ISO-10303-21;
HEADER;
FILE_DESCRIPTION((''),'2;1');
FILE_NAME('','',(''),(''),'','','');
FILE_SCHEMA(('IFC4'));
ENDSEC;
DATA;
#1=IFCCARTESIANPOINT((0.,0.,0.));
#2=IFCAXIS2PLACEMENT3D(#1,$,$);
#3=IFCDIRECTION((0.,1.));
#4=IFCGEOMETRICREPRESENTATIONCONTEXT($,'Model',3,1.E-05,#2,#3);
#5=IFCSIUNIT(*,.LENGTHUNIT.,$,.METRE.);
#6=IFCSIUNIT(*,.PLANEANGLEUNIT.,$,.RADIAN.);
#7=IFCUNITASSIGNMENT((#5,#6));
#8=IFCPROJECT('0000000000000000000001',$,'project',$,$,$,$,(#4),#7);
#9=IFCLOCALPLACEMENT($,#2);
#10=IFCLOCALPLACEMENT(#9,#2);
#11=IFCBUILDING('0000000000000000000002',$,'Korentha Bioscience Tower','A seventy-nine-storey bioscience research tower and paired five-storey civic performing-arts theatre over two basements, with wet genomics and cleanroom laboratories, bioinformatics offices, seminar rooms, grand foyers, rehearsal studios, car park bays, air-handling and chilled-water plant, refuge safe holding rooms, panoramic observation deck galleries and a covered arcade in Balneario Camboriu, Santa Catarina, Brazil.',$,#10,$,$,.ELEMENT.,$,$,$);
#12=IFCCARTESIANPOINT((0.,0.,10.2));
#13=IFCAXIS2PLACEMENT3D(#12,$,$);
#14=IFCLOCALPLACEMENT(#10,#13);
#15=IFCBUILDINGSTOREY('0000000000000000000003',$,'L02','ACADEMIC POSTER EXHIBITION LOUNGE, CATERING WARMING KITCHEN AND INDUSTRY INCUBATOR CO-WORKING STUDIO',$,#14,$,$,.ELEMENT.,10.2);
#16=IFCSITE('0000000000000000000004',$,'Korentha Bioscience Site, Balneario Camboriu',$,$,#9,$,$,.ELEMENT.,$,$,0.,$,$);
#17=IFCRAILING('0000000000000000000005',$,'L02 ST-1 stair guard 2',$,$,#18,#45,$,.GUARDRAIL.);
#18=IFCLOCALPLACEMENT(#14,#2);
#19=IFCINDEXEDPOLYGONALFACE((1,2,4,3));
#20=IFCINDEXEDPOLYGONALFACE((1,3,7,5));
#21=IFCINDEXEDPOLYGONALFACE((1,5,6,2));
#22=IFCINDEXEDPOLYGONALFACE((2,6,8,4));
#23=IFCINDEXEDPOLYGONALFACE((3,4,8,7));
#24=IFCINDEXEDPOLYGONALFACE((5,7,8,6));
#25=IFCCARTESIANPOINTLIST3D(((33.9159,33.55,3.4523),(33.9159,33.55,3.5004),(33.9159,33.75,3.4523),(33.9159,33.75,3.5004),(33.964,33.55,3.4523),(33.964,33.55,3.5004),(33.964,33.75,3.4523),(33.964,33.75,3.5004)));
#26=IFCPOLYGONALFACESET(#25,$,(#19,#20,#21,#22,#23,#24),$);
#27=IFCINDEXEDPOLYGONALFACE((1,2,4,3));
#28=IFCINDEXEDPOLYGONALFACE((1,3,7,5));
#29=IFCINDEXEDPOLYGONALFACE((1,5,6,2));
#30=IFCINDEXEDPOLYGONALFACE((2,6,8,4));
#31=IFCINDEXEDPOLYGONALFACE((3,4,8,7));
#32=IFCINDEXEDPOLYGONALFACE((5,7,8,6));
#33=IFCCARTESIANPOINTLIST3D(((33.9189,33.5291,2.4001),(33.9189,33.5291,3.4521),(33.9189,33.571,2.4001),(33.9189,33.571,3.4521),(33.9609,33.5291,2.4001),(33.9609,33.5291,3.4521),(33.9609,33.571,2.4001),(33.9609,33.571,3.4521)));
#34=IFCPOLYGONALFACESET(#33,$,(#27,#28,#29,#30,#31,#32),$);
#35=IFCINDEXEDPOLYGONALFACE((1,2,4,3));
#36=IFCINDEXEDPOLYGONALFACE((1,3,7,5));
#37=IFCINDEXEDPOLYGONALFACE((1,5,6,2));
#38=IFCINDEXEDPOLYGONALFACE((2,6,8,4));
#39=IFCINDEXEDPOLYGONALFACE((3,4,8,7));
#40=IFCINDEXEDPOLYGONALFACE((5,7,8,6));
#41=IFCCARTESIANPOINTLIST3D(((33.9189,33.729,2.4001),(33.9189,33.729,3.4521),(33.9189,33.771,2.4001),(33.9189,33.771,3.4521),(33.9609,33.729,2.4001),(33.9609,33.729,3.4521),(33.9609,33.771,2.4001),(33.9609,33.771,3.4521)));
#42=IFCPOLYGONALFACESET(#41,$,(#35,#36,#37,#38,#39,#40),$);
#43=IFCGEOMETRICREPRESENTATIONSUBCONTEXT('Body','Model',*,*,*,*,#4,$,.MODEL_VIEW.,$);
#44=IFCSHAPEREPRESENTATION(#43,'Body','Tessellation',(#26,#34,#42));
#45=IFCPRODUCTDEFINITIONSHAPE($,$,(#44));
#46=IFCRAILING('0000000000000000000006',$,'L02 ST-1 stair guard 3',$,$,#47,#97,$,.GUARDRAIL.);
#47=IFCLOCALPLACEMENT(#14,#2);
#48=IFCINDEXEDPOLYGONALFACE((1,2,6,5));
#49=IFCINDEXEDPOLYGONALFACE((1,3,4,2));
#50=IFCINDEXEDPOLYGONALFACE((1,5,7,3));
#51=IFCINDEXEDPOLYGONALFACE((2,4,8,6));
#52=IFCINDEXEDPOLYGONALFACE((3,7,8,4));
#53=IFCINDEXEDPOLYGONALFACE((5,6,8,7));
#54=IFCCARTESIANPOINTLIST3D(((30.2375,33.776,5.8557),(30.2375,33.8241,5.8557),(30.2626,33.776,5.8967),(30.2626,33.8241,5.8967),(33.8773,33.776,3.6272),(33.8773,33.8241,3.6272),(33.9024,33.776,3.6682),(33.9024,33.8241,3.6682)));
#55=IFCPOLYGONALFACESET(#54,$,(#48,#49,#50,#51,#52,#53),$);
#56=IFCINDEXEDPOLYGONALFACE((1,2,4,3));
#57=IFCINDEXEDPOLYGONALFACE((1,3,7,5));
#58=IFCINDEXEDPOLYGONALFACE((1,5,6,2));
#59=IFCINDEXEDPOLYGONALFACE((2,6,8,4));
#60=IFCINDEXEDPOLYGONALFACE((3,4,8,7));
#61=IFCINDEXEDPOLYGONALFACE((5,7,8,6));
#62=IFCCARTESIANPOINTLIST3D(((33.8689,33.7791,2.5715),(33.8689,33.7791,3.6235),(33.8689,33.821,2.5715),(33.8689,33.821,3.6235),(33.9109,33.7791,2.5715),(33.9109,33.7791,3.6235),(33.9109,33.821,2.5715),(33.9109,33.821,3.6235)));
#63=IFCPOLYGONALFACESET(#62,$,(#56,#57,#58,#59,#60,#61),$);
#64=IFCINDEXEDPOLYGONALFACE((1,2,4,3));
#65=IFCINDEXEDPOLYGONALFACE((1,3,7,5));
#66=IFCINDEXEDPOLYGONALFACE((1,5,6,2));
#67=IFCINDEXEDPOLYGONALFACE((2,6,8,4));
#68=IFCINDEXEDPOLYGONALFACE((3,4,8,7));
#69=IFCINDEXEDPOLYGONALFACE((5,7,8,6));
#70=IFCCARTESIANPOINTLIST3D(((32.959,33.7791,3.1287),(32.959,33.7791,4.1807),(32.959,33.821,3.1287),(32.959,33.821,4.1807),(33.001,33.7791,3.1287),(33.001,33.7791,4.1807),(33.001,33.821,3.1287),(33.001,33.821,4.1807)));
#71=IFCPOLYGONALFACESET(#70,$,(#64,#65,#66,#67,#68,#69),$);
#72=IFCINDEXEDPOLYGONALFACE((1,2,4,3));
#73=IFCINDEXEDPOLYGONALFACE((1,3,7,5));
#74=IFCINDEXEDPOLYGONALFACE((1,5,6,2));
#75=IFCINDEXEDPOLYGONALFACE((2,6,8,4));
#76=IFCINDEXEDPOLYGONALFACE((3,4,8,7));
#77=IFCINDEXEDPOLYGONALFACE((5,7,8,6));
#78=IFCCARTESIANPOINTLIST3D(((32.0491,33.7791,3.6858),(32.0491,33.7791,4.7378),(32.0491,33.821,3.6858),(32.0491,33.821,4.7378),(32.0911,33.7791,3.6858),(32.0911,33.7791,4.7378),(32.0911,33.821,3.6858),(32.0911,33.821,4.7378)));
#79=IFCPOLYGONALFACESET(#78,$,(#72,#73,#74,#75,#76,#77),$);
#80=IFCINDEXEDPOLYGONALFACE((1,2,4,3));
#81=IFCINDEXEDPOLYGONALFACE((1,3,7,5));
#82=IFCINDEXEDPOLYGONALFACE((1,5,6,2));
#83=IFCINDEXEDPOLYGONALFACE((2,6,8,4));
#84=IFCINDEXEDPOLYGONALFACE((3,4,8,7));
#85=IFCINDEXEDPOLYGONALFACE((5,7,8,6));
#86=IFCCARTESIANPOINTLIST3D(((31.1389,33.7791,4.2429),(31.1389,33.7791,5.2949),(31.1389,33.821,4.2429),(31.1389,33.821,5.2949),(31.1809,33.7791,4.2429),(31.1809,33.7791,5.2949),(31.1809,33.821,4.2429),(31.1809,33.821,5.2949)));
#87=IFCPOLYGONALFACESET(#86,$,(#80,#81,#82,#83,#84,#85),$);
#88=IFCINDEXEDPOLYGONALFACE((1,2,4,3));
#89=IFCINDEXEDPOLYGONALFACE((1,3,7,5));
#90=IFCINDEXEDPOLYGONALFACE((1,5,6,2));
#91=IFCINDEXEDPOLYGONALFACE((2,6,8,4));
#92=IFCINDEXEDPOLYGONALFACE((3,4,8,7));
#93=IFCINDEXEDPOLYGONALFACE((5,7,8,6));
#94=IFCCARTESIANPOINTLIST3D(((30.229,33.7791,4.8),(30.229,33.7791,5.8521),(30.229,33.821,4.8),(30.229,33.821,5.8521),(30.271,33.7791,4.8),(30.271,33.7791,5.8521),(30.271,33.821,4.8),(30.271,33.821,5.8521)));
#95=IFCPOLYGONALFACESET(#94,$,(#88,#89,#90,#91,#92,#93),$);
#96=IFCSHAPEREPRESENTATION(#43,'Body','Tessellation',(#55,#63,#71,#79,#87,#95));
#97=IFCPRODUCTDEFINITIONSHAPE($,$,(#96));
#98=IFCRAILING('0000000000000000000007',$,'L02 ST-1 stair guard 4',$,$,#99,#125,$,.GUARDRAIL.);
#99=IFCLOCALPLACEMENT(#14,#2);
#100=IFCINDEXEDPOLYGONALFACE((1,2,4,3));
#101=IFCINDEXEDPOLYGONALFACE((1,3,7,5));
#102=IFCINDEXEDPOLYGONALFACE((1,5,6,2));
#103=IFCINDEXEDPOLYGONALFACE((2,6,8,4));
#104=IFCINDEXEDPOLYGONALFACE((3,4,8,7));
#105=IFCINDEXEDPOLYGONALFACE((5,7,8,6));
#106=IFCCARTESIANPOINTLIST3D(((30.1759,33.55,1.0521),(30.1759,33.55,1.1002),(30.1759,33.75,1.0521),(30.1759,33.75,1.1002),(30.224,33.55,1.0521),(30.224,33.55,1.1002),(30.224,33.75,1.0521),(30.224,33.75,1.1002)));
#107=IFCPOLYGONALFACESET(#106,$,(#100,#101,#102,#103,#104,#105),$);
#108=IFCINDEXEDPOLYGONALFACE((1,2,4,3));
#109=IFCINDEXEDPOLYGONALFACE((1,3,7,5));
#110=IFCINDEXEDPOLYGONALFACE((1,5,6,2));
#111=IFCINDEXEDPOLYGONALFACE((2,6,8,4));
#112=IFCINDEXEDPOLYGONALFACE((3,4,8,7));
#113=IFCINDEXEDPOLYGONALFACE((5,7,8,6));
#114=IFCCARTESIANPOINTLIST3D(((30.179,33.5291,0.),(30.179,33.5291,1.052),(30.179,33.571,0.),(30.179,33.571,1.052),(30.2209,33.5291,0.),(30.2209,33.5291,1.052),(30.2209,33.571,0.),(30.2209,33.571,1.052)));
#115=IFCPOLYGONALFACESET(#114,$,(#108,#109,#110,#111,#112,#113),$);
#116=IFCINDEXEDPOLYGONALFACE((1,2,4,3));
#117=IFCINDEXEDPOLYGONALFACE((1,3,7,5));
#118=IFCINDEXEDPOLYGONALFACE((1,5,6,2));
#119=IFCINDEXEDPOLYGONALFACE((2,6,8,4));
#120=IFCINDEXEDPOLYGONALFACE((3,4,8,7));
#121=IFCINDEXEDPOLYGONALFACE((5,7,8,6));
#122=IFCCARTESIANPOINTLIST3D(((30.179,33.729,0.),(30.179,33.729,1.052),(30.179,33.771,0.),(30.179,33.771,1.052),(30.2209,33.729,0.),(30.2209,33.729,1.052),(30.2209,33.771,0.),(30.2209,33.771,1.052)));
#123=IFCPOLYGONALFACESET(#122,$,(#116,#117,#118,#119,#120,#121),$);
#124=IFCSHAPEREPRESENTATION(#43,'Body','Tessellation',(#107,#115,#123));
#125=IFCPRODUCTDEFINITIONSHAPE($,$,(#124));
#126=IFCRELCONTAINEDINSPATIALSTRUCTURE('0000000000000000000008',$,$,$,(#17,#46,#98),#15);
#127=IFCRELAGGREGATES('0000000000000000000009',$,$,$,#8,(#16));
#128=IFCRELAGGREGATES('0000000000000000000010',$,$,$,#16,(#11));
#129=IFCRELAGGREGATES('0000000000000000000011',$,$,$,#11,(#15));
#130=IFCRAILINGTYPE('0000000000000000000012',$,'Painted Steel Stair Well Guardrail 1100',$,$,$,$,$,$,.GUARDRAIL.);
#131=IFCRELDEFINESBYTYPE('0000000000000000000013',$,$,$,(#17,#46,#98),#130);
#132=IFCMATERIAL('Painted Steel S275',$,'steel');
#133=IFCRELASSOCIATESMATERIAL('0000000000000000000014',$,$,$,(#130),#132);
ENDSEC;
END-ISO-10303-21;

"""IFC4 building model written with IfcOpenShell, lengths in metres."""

from ifc_helpers import new_model, si_unit, direction, frame, origin, origin_2d, place, context, subcontext, project, spatial, rectangle, extrude, material, type_object, element, save


model = new_model("IFC4")

# Units and contexts
model_context = context("Model", 3, precision=1e-05, world=origin(), true_north=direction((0.0, 1.0)))
body_context = subcontext(model_context, "Body", "Model", "MODEL_VIEW")
ifc_project = project(units=[si_unit("LENGTHUNIT", "METRE"), si_unit("PLANEANGLEUNIT", "RADIAN")], contexts=[model_context])

# Site, building, storey
site_placement = place(None, origin())
site = spatial("IfcSite", under=ifc_project, at=site_placement, Name="Korentha Bioscience Site, Balneario Camboriu", CompositionType="ELEMENT", RefElevation=0.0)
building_placement = place(site_placement, origin())
building = spatial("IfcBuilding", under=site, at=building_placement, Name="Korentha Bioscience Tower", Description="A seventy-nine-storey bioscience research tower and paired five-storey civic performing-arts theatre over two basements, with wet genomics and cleanroom laboratories, bioinformatics offices, seminar rooms, grand foyers, rehearsal studios, car park bays, air-handling and chilled-water plant, refuge safe holding rooms, panoramic observation deck galleries and a covered arcade in Balneario Camboriu, Santa Catarina, Brazil.", CompositionType="ELEMENT")
storey_placement = place(building_placement, frame((0.0, 0.0, 10.2)))
storey = spatial("IfcBuildingStorey", under=building, at=storey_placement, Name="L02", Description="ACADEMIC POSTER EXHIBITION LOUNGE, CATERING WARMING KITCHEN AND INDUSTRY INCUBATOR CO-WORKING STUDIO", CompositionType="ELEMENT", Elevation=10.2)

# Railings
ifc_material_1 = material(Name="Painted Steel S275", Category="steel")
railing_type_1 = type_object("IfcRailingType", Name="Painted Steel Stair Well Guardrail 1100", PredefinedType="GUARDRAIL", material=ifc_material_1)
railing_1_placement = place(storey_placement, frame((33.9399, 33.55, 2.4001)))
element("IfcRailing", 1, at=railing_1_placement, inside=storey, type_object=railing_type_1, Name="L02 ST-1 stair guard 2", PredefinedType="GUARDRAIL", context=body_context, shape_type="SweptSolid", body=[
    extrude(rectangle(XDim=0.0481, YDim=0.0481, at=origin_2d()), frame((0.0, 0.0, 1.0762), z_axis=(0.0, 1.0, 0.0), x_axis=(-1.0, 0.0, 0.0)), (0.0, 0.0, 1.0), 0.2),
    extrude(rectangle(XDim=0.042, YDim=0.042, at=origin_2d()), origin(), (0.0, 0.0, 1.0), 1.052),
    extrude(rectangle(XDim=0.042, YDim=0.042, at=origin_2d()), frame((0.0, 0.2, 0.0)), (0.0, 0.0, 1.0), 1.052),
])
railing_2_placement = place(storey_placement, frame((33.8899, 33.8, 2.5715)))
element("IfcRailing", 2, at=railing_2_placement, inside=storey, type_object=railing_type_1, Name="L02 ST-1 stair guard 3", PredefinedType="GUARDRAIL", context=body_context, shape_type="SweptSolid", body=[
    extrude(rectangle(XDim=0.0481, YDim=0.0481, at=origin_2d()), frame((0.0, 0.0, 1.0762), z_axis=(-0.85285, 0.0, 0.522156), x_axis=(0.0, -1.0, 0.0)), (0.0, 0.0, 1.0), 4.2678),
    extrude(rectangle(XDim=0.042, YDim=0.042, at=origin_2d()), origin(), (0.0, 0.0, 1.0), 1.052),
    extrude(rectangle(XDim=0.042, YDim=0.042, at=origin_2d()), frame((-0.9099, 0.0, 0.5571)), (0.0, 0.0, 1.0), 1.052),
    extrude(rectangle(XDim=0.042, YDim=0.042, at=origin_2d()), frame((-1.8198, 0.0, 1.1143)), (0.0, 0.0, 1.0), 1.052),
    extrude(rectangle(XDim=0.042, YDim=0.042, at=origin_2d()), frame((-2.73, 0.0, 1.6714)), (0.0, 0.0, 1.0), 1.052),
    extrude(rectangle(XDim=0.042, YDim=0.042, at=origin_2d()), frame((-3.6399, 0.0, 2.2285)), (0.0, 0.0, 1.0), 1.052),
])
railing_3_placement = place(storey_placement, frame((30.2, 33.55, 0.0)))
element("IfcRailing", 3, at=railing_3_placement, inside=storey, type_object=railing_type_1, Name="L02 ST-1 stair guard 4", PredefinedType="GUARDRAIL", context=body_context, shape_type="SweptSolid", body=[
    extrude(rectangle(XDim=0.0481, YDim=0.0481, at=origin_2d()), frame((0.0, 0.0, 1.0762), z_axis=(0.0, 1.0, 0.0), x_axis=(-1.0, 0.0, 0.0)), (0.0, 0.0, 1.0), 0.2),
    extrude(rectangle(XDim=0.042, YDim=0.042, at=origin_2d()), origin(), (0.0, 0.0, 1.0), 1.052),
    extrude(rectangle(XDim=0.042, YDim=0.042, at=origin_2d()), frame((0.0, 0.2, 0.0)), (0.0, 0.0, 1.0), 1.052),
])

save(model, "model.ifc")
